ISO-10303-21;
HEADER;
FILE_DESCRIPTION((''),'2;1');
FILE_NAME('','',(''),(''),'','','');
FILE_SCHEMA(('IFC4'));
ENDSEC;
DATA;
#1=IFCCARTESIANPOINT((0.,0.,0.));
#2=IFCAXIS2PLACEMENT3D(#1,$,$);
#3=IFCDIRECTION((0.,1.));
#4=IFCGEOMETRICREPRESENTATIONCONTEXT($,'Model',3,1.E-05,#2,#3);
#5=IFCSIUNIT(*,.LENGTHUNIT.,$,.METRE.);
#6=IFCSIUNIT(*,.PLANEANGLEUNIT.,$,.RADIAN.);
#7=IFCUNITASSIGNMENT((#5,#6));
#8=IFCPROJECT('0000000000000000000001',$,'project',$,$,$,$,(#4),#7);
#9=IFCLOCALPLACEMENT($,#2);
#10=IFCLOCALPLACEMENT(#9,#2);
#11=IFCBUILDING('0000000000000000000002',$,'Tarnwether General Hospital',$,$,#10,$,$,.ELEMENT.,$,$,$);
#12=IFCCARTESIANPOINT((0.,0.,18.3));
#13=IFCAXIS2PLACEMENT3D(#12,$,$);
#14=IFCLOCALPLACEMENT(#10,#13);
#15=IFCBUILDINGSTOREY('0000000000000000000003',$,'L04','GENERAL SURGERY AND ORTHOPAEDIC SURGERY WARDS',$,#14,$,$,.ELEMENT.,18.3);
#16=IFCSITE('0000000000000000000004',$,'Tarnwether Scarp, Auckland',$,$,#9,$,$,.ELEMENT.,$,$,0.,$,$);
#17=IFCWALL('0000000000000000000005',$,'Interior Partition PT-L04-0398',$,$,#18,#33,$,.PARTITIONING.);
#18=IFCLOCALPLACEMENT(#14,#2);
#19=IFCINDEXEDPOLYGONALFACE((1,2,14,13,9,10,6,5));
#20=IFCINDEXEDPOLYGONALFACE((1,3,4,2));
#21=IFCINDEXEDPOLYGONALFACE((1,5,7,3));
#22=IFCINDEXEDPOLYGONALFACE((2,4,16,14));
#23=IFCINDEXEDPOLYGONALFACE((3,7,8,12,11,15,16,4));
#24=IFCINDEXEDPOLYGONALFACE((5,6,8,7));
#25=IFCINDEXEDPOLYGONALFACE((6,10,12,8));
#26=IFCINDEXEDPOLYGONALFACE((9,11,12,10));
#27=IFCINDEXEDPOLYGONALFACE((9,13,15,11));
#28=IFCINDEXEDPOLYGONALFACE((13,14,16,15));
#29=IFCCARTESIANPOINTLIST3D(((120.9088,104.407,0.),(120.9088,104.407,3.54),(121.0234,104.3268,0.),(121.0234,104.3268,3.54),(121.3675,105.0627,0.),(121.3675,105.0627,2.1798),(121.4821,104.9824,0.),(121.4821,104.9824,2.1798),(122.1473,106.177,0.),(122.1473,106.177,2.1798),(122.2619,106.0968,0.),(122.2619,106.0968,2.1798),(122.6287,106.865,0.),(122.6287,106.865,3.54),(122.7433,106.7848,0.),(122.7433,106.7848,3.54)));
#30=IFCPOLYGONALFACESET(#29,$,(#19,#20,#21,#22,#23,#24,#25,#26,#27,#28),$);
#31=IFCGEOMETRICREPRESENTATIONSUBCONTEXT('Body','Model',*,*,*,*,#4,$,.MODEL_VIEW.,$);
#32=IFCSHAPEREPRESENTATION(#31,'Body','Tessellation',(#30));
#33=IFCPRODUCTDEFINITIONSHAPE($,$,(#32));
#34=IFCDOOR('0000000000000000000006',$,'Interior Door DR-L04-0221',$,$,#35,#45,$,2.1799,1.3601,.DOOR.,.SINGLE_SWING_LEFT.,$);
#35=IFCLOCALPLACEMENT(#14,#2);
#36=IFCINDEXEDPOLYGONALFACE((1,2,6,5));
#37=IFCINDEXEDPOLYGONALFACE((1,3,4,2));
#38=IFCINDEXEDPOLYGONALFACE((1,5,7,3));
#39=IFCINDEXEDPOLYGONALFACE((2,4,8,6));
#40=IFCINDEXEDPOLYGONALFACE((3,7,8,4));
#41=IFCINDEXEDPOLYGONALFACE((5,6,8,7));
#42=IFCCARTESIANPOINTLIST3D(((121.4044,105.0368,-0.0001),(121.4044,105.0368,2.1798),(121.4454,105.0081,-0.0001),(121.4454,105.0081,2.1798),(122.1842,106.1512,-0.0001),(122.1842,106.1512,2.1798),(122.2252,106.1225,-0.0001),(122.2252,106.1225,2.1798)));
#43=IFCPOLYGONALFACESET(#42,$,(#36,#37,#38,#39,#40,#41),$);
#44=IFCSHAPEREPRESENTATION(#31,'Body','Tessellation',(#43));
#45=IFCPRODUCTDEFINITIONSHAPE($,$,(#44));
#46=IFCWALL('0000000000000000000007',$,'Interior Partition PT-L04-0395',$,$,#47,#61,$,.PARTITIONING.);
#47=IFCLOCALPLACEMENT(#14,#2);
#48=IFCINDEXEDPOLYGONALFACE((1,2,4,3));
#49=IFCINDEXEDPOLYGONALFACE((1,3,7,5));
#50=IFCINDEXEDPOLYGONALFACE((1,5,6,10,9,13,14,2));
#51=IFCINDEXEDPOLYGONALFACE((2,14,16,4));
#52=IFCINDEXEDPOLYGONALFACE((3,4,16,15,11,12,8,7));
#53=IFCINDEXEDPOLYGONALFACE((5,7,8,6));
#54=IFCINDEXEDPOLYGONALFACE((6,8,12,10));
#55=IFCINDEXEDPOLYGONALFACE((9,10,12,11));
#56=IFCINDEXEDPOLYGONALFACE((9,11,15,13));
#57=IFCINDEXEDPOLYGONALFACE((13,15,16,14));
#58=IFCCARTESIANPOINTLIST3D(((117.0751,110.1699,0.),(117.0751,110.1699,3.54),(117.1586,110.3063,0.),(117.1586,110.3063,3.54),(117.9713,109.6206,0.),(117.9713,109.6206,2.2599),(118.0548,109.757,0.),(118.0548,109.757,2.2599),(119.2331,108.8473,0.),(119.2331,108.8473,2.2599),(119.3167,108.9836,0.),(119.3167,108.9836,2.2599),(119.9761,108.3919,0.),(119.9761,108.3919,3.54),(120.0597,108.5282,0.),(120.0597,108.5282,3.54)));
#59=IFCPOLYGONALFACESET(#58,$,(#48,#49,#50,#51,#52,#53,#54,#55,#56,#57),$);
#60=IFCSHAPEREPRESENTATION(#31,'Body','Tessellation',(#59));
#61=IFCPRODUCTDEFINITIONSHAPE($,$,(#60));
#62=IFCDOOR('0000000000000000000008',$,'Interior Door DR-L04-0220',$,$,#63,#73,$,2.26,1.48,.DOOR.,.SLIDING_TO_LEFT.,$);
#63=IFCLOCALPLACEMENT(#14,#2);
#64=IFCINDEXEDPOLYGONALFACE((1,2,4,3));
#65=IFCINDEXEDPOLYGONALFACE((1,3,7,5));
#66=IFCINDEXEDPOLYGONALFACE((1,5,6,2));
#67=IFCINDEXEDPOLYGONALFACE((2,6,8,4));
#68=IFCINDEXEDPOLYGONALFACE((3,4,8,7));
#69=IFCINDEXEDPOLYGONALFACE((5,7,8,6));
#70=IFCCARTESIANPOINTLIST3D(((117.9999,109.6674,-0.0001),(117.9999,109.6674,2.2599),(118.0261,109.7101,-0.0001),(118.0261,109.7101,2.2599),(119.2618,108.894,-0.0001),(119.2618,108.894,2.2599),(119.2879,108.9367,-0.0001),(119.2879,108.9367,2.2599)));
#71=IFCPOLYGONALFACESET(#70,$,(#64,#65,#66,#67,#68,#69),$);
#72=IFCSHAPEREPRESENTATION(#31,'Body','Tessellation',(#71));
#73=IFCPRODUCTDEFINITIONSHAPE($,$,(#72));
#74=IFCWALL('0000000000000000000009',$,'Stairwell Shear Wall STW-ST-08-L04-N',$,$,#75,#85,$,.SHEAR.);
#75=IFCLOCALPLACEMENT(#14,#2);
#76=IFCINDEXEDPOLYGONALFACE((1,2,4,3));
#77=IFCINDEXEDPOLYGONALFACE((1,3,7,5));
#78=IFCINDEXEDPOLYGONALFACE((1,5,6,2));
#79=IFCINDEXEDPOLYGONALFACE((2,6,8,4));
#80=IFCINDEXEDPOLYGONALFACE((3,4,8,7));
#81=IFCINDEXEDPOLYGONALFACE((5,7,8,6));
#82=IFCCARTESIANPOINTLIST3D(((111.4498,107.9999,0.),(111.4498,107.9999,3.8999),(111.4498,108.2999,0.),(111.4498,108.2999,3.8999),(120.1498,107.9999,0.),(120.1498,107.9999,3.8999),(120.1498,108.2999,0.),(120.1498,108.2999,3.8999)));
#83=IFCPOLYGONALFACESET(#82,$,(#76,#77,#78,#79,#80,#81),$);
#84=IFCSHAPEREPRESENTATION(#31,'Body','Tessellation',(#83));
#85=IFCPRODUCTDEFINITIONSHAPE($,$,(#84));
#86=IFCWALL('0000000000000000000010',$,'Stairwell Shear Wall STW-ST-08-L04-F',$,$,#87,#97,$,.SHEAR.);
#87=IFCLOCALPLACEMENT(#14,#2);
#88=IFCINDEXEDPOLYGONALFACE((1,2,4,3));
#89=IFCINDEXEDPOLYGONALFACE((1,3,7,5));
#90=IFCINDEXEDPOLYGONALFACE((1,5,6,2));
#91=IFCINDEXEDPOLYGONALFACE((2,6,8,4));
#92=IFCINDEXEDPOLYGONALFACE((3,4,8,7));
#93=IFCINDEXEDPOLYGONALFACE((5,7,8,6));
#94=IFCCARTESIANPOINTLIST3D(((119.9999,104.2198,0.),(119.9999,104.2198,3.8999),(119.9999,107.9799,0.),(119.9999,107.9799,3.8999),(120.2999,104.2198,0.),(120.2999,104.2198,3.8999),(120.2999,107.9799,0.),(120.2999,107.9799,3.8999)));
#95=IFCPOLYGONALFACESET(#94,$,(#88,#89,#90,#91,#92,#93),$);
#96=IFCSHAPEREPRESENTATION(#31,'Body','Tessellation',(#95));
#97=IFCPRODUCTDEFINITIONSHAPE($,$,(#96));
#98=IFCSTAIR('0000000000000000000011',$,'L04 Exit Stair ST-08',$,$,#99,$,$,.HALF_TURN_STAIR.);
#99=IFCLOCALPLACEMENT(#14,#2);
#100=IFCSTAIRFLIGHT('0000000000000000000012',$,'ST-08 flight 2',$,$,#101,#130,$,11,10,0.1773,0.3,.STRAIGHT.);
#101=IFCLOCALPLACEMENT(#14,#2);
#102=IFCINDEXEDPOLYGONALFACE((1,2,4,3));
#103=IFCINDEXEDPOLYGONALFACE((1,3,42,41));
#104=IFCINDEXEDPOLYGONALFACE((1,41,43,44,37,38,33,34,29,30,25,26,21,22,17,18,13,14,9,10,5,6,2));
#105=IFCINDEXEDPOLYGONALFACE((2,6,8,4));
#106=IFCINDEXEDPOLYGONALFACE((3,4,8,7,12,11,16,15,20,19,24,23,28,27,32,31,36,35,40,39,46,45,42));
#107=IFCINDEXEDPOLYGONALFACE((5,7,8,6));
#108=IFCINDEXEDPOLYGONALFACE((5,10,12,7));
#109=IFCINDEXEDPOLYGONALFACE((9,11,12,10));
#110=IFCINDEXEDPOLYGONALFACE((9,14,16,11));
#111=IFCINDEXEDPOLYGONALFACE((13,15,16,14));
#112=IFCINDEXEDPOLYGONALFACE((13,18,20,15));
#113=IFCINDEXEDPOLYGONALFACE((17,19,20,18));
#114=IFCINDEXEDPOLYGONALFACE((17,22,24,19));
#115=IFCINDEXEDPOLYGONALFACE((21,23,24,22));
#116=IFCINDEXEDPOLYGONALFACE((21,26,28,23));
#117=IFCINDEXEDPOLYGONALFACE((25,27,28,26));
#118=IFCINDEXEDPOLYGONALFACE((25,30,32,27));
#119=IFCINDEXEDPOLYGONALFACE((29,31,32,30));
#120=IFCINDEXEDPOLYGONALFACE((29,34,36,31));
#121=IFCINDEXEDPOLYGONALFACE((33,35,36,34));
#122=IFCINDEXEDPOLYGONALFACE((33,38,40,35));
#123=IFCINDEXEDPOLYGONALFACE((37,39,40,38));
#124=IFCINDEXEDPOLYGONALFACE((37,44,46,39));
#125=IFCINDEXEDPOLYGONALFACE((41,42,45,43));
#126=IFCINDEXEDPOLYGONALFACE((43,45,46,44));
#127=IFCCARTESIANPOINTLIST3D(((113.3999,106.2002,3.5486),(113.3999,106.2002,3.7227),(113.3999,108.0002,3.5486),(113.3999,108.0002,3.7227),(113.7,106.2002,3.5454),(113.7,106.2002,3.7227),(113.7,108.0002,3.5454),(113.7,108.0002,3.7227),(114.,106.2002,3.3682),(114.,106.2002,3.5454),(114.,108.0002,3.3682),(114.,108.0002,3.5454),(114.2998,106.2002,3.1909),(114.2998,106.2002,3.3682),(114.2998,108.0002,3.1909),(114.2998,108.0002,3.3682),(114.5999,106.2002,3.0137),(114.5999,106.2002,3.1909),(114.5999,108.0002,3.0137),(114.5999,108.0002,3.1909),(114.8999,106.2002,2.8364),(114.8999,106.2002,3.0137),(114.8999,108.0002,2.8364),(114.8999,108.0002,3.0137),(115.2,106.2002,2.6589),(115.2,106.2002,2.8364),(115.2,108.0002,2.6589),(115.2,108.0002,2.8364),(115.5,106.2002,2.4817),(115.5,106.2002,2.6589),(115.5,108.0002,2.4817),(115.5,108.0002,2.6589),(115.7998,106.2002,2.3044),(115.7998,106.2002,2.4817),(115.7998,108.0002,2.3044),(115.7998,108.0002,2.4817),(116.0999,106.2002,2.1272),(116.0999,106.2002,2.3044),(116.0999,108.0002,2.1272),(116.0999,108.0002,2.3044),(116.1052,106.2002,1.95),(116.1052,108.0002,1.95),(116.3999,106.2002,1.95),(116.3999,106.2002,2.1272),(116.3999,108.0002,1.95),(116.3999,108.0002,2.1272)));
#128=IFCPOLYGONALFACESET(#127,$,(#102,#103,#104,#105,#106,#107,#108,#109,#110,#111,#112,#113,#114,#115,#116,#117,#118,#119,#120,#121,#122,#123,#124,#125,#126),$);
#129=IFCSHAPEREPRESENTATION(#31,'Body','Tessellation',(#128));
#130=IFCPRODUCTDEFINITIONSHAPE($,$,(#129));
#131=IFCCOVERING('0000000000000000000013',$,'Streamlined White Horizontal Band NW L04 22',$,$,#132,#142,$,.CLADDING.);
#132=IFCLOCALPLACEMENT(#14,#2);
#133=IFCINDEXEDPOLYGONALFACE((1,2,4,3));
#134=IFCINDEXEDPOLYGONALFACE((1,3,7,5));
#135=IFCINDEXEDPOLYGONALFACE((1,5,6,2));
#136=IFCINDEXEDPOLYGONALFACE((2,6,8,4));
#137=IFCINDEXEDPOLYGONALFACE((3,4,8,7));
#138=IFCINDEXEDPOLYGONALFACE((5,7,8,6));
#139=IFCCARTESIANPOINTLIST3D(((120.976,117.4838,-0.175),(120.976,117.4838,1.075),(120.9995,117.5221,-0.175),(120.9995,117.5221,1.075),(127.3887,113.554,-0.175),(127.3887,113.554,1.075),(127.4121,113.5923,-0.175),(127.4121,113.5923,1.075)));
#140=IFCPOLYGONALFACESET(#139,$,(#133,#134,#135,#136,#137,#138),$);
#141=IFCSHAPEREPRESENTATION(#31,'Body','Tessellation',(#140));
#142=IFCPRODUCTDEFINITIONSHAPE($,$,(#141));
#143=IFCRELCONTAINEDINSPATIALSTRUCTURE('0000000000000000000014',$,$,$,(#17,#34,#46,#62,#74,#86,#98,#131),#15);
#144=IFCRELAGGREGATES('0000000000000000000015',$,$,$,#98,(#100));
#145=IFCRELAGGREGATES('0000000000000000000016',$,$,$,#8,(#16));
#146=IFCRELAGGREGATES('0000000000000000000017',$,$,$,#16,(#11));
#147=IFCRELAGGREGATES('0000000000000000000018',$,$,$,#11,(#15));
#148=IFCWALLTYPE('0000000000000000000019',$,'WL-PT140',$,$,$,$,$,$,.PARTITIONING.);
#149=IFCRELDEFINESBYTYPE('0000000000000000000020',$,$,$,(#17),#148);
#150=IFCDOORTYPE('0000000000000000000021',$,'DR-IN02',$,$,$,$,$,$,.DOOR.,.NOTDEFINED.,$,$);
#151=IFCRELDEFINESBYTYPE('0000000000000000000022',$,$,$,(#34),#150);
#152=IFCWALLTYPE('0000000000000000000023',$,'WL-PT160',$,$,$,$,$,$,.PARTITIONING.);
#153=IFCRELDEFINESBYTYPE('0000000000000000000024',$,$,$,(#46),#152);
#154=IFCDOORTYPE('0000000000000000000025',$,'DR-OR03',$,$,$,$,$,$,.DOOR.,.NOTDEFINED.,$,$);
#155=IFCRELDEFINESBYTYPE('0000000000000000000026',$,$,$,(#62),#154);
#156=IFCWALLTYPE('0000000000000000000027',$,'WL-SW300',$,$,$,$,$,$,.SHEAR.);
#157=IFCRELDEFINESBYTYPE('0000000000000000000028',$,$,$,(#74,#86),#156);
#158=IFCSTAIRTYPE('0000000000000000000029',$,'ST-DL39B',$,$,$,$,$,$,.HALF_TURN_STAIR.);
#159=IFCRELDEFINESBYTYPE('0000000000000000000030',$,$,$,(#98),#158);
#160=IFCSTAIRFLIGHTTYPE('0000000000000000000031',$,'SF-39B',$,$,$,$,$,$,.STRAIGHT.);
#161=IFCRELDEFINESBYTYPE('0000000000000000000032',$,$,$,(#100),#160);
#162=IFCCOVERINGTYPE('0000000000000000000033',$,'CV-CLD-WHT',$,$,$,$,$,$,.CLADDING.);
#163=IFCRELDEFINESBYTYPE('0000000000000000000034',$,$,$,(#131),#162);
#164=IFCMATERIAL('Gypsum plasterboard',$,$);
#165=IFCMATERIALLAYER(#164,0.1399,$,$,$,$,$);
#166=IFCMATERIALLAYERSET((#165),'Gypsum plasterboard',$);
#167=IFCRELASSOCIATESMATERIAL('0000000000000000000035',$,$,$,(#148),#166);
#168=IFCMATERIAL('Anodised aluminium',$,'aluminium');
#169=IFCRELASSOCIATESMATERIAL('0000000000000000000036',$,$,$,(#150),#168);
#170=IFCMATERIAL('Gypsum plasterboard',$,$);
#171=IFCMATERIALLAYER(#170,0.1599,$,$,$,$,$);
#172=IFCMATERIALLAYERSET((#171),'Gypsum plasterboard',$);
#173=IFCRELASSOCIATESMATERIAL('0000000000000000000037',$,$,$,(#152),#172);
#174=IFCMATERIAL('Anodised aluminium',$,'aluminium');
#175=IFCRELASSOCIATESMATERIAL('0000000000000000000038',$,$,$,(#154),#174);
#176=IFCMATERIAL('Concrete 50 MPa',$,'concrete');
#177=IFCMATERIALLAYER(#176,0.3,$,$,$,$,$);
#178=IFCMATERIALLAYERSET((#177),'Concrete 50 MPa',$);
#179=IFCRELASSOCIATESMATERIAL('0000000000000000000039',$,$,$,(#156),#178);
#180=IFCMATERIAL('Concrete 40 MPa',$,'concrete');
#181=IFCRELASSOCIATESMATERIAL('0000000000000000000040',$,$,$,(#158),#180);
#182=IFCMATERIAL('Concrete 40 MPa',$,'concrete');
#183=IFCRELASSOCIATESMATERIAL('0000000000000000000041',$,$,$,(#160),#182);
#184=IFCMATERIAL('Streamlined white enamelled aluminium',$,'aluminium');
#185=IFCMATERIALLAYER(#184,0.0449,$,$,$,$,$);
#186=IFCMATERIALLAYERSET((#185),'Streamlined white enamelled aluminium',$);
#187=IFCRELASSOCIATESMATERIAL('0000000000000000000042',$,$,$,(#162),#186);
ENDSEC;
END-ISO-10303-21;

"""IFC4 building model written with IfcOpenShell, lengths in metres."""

from ifc_helpers import new_model, si_unit, direction, frame, frame_2d, origin, origin_2d, place, context, subcontext, project, spatial, polyline, rectangle, outline, extrude, material, layer, layer_set, type_object, element, fill, aggregate, save


model = new_model("IFC4")

# Units and contexts
model_context = context("Model", 3, precision=1e-05, world=origin(), true_north=direction((0.0, 1.0)))
body_context = subcontext(model_context, "Body", "Model", "MODEL_VIEW")
ifc_project = project(units=[si_unit("LENGTHUNIT", "METRE"), si_unit("PLANEANGLEUNIT", "RADIAN")], contexts=[model_context])

# Site, building, storey
site_placement = place(None, origin())
site = spatial("IfcSite", under=ifc_project, at=site_placement, Name="Tarnwether Scarp, Auckland", CompositionType="ELEMENT", RefElevation=0.0)
building_placement = place(site_placement, origin())
building = spatial("IfcBuilding", under=site, at=building_placement, Name="Tarnwether General Hospital", CompositionType="ELEMENT")
storey_placement = place(building_placement, frame((0.0, 0.0, 18.3)))
storey = spatial("IfcBuildingStorey", under=building, at=storey_placement, Name="L04", Description="GENERAL SURGERY AND ORTHOPAEDIC SURGERY WARDS", CompositionType="ELEMENT", Elevation=18.3)

# Shared definitions
ifc_material_1 = material(Name="Gypsum plasterboard")
ifc_layer_1 = layer(ifc_material_1, 0.1399)
ifc_layer_set_1 = layer_set([ifc_layer_1], Name="Gypsum plasterboard")
wall_type_1 = type_object("IfcWallType", Name="WL-PT140", PredefinedType="PARTITIONING", material=ifc_layer_set_1)

# Walls, openings, doors
wall_1_placement = place(storey_placement, frame((120.9661, 104.3669, 0.0), z_axis=(0.0, 0.0, 1.0), x_axis=(0.57332, 0.819331, 0.0)))
wall_1 = element("IfcWall", 1, at=wall_1_placement, inside=storey, type_object=wall_type_1, Name="Interior Partition PT-L04-0398", PredefinedType="PARTITIONING", context=body_context, shape_type="SweptSolid", body=[
    extrude(rectangle(XDim=3.0, YDim=0.1399, at=frame_2d((1.5, 0.0))), origin(), (0.0, 0.0, 1.0), 3.54),
])
opening_1_placement = place(wall_1_placement, frame((0.8, 0.0, 0.0)))
opening_1 = element("IfcOpeningElement", 2, at=opening_1_placement, cuts=wall_1, PredefinedType="OPENING", context=body_context, shape_type="SweptSolid", body=[
    extrude(rectangle(XDim=1.3601, YDim=2.1799, at=frame_2d((0.6802, 1.0898))), frame((0.0, 0.0801, 0.0), z_axis=(0.0, -1.0, 0.0), x_axis=(1.0, 0.0, 0.0)), (0.0, 0.0, 1.0), 0.1599),
])
ifc_material_2 = material(Name="Anodised aluminium", Category="aluminium")
door_type_1 = type_object("IfcDoorType", Name="DR-IN02", OperationType="NOTDEFINED", PredefinedType="DOOR", material=ifc_material_2)
door_1_placement = place(opening_1_placement, origin())
door_1 = element("IfcDoor", 3, at=door_1_placement, inside=storey, type_object=door_type_1, Name="Interior Door DR-L04-0221", OperationType="SINGLE_SWING_LEFT", OverallHeight=2.1799, OverallWidth=1.3601, PredefinedType="DOOR", context=body_context, shape_type="SweptSolid", body=[
    extrude(rectangle(XDim=1.3601, YDim=2.1799, at=frame_2d((0.6802, 1.0898))), frame((0.0, 0.0249, 0.0), z_axis=(0.0, -1.0, 0.0), x_axis=(1.0, 0.0, 0.0)), (0.0, 0.0, 1.0), 0.05),
])
fill(opening_1, door_1)
ifc_material_3 = material(Name="Gypsum plasterboard")
ifc_layer_2 = layer(ifc_material_3, 0.1599)
ifc_layer_set_2 = layer_set([ifc_layer_2], Name="Gypsum plasterboard")
wall_type_2 = type_object("IfcWallType", Name="WL-PT160", PredefinedType="PARTITIONING", material=ifc_layer_set_2)
wall_2_placement = place(storey_placement, frame((117.1169, 110.238, 0.0), z_axis=(0.0, 0.0, 1.0), x_axis=(0.852605, -0.522555, 0.0)))
wall_2 = element("IfcWall", 4, at=wall_2_placement, inside=storey, type_object=wall_type_2, Name="Interior Partition PT-L04-0395", PredefinedType="PARTITIONING", context=body_context, shape_type="SweptSolid", body=[
    extrude(rectangle(XDim=3.4026, YDim=0.1599, at=frame_2d((1.7012, 0.0))), origin(), (0.0, 0.0, 1.0), 3.54),
])
opening_2_placement = place(wall_2_placement, frame((1.051, 0.0, 0.0)))
opening_2 = element("IfcOpeningElement", 5, at=opening_2_placement, cuts=wall_2, PredefinedType="OPENING", context=body_context, shape_type="SweptSolid", body=[
    extrude(rectangle(XDim=1.48, YDim=2.26, at=frame_2d((0.74, 1.1299))), frame((0.0, 0.0898, 0.0), z_axis=(0.0, -1.0, 0.0), x_axis=(1.0, 0.0, 0.0)), (0.0, 0.0, 1.0), 0.1799),
])
ifc_material_4 = material(Name="Anodised aluminium", Category="aluminium")
door_type_2 = type_object("IfcDoorType", Name="DR-OR03", OperationType="NOTDEFINED", PredefinedType="DOOR", material=ifc_material_4)
door_2_placement = place(opening_2_placement, origin())
door_2 = element("IfcDoor", 6, at=door_2_placement, inside=storey, type_object=door_type_2, Name="Interior Door DR-L04-0220", OperationType="SLIDING_TO_LEFT", OverallHeight=2.26, OverallWidth=1.48, PredefinedType="DOOR", context=body_context, shape_type="SweptSolid", body=[
    extrude(rectangle(XDim=1.48, YDim=2.26, at=frame_2d((0.74, 1.1299))), frame((0.0, 0.0249, 0.0), z_axis=(0.0, -1.0, 0.0), x_axis=(1.0, 0.0, 0.0)), (0.0, 0.0, 1.0), 0.05),
])
fill(opening_2, door_2)

# Walls
ifc_material_5 = material(Name="Concrete 50 MPa", Category="concrete")
ifc_layer_3 = layer(ifc_material_5, 0.3)
ifc_layer_set_3 = layer_set([ifc_layer_3], Name="Concrete 50 MPa")
wall_type_3 = type_object("IfcWallType", Name="WL-SW300", PredefinedType="SHEAR", material=ifc_layer_set_3)
wall_3_placement = place(storey_placement, frame((120.1499, 108.1499, 0.0), z_axis=(0.0, 0.0, 1.0), x_axis=(-1.0, 0.0, 0.0)))
element("IfcWall", 7, at=wall_3_placement, inside=storey, type_object=wall_type_3, Name="Stairwell Shear Wall STW-ST-08-L04-N", PredefinedType="SHEAR", context=body_context, shape_type="SweptSolid", body=[
    extrude(rectangle(XDim=8.7, YDim=0.3, at=frame_2d((4.3501, 0.0))), origin(), (0.0, 0.0, 1.0), 3.8999),
])
wall_4_placement = place(storey_placement, frame((120.1499, 104.22, 0.0), z_axis=(0.0, 0.0, 1.0), x_axis=(0.0, 1.0, 0.0)))
element("IfcWall", 8, at=wall_4_placement, inside=storey, type_object=wall_type_3, Name="Stairwell Shear Wall STW-ST-08-L04-F", PredefinedType="SHEAR", context=body_context, shape_type="SweptSolid", body=[
    extrude(rectangle(XDim=3.76, YDim=0.3, at=frame_2d((1.8799, 0.0))), origin(), (0.0, 0.0, 1.0), 3.8999),
])

# Stair, stair flight
ifc_material_6 = material(Name="Concrete 40 MPa", Category="concrete")
stair_type = type_object("IfcStairType", Name="ST-DL39B", PredefinedType="HALF_TURN_STAIR", material=ifc_material_6)
stair_placement = place(storey_placement, origin())
stair = element("IfcStair", 9, at=stair_placement, inside=storey, type_object=stair_type, Name="L04 Exit Stair ST-08", PredefinedType="HALF_TURN_STAIR")
ifc_material_7 = material(Name="Concrete 40 MPa", Category="concrete")
stair_flight_type = type_object("IfcStairFlightType", Name="SF-39B", PredefinedType="STRAIGHT", material=ifc_material_7)
stair_flight_placement = place(storey_placement, frame((116.3999, 107.1001, 1.95), z_axis=(0.0, 0.0, 1.0), x_axis=(-1.0, 0.0, 0.0)))
stair_flight = element("IfcStairFlight", 10, at=stair_flight_placement, type_object=stair_flight_type, Name="ST-08 flight 2", NumberOfRisers=11, NumberOfTreads=10, PredefinedType="STRAIGHT", RiserHeight=0.1773, TreadLength=0.3, context=body_context, shape_type="SweptSolid", body=[
    extrude(outline(polyline([(0.0, 0.0), (0.0, 0.1772), (0.3, 0.1772), (0.3, 0.3545), (0.6001, 0.3545), (0.6001, 0.5317), (0.8999, 0.5317), (0.8999, 0.709), (1.2, 0.709), (1.2, 0.8865), (1.5, 0.8865), (1.5, 1.0637), (1.8, 1.0637), (1.8, 1.241), (2.1001, 1.241), (2.1001, 1.4182), (2.3999, 1.4182), (2.3999, 1.5955), (2.7, 1.5955), (2.7, 1.7727), (3.0, 1.7727), (3.0, 1.95), (3.0, 1.5986), (0.2947, 0.0), (0.0, 0.0)])), frame((0.0, 0.8999, 0.0), z_axis=(0.0, -1.0, 0.0), x_axis=(1.0, 0.0, 0.0)), (0.0, 0.0, 1.0), 1.8),
])
aggregate(stair, [stair_flight])

# Covering
ifc_material_8 = material(Name="Streamlined white enamelled aluminium", Category="aluminium")
ifc_layer_4 = layer(ifc_material_8, 0.0449)
ifc_layer_set_4 = layer_set([ifc_layer_4], Name="Streamlined white enamelled aluminium")
covering_type = type_object("IfcCoveringType", Name="CV-CLD-WHT", PredefinedType="CLADDING", material=ifc_layer_set_4)
covering_placement = place(storey_placement, frame((124.1941, 115.5381, -0.175), z_axis=(0.0, 0.0, 1.0), x_axis=(0.852631, -0.522513, 0.0)))
element("IfcCovering", 11, at=covering_placement, inside=storey, type_object=covering_type, Name="Streamlined White Horizontal Band NW L04 22", PredefinedType="CLADDING", context=body_context, shape_type="SweptSolid", body=[
    extrude(rectangle(XDim=7.521, YDim=0.0449, at=origin_2d()), origin(), (0.0, 0.0, 1.0), 1.25),
])

save(model, "model.ifc")
